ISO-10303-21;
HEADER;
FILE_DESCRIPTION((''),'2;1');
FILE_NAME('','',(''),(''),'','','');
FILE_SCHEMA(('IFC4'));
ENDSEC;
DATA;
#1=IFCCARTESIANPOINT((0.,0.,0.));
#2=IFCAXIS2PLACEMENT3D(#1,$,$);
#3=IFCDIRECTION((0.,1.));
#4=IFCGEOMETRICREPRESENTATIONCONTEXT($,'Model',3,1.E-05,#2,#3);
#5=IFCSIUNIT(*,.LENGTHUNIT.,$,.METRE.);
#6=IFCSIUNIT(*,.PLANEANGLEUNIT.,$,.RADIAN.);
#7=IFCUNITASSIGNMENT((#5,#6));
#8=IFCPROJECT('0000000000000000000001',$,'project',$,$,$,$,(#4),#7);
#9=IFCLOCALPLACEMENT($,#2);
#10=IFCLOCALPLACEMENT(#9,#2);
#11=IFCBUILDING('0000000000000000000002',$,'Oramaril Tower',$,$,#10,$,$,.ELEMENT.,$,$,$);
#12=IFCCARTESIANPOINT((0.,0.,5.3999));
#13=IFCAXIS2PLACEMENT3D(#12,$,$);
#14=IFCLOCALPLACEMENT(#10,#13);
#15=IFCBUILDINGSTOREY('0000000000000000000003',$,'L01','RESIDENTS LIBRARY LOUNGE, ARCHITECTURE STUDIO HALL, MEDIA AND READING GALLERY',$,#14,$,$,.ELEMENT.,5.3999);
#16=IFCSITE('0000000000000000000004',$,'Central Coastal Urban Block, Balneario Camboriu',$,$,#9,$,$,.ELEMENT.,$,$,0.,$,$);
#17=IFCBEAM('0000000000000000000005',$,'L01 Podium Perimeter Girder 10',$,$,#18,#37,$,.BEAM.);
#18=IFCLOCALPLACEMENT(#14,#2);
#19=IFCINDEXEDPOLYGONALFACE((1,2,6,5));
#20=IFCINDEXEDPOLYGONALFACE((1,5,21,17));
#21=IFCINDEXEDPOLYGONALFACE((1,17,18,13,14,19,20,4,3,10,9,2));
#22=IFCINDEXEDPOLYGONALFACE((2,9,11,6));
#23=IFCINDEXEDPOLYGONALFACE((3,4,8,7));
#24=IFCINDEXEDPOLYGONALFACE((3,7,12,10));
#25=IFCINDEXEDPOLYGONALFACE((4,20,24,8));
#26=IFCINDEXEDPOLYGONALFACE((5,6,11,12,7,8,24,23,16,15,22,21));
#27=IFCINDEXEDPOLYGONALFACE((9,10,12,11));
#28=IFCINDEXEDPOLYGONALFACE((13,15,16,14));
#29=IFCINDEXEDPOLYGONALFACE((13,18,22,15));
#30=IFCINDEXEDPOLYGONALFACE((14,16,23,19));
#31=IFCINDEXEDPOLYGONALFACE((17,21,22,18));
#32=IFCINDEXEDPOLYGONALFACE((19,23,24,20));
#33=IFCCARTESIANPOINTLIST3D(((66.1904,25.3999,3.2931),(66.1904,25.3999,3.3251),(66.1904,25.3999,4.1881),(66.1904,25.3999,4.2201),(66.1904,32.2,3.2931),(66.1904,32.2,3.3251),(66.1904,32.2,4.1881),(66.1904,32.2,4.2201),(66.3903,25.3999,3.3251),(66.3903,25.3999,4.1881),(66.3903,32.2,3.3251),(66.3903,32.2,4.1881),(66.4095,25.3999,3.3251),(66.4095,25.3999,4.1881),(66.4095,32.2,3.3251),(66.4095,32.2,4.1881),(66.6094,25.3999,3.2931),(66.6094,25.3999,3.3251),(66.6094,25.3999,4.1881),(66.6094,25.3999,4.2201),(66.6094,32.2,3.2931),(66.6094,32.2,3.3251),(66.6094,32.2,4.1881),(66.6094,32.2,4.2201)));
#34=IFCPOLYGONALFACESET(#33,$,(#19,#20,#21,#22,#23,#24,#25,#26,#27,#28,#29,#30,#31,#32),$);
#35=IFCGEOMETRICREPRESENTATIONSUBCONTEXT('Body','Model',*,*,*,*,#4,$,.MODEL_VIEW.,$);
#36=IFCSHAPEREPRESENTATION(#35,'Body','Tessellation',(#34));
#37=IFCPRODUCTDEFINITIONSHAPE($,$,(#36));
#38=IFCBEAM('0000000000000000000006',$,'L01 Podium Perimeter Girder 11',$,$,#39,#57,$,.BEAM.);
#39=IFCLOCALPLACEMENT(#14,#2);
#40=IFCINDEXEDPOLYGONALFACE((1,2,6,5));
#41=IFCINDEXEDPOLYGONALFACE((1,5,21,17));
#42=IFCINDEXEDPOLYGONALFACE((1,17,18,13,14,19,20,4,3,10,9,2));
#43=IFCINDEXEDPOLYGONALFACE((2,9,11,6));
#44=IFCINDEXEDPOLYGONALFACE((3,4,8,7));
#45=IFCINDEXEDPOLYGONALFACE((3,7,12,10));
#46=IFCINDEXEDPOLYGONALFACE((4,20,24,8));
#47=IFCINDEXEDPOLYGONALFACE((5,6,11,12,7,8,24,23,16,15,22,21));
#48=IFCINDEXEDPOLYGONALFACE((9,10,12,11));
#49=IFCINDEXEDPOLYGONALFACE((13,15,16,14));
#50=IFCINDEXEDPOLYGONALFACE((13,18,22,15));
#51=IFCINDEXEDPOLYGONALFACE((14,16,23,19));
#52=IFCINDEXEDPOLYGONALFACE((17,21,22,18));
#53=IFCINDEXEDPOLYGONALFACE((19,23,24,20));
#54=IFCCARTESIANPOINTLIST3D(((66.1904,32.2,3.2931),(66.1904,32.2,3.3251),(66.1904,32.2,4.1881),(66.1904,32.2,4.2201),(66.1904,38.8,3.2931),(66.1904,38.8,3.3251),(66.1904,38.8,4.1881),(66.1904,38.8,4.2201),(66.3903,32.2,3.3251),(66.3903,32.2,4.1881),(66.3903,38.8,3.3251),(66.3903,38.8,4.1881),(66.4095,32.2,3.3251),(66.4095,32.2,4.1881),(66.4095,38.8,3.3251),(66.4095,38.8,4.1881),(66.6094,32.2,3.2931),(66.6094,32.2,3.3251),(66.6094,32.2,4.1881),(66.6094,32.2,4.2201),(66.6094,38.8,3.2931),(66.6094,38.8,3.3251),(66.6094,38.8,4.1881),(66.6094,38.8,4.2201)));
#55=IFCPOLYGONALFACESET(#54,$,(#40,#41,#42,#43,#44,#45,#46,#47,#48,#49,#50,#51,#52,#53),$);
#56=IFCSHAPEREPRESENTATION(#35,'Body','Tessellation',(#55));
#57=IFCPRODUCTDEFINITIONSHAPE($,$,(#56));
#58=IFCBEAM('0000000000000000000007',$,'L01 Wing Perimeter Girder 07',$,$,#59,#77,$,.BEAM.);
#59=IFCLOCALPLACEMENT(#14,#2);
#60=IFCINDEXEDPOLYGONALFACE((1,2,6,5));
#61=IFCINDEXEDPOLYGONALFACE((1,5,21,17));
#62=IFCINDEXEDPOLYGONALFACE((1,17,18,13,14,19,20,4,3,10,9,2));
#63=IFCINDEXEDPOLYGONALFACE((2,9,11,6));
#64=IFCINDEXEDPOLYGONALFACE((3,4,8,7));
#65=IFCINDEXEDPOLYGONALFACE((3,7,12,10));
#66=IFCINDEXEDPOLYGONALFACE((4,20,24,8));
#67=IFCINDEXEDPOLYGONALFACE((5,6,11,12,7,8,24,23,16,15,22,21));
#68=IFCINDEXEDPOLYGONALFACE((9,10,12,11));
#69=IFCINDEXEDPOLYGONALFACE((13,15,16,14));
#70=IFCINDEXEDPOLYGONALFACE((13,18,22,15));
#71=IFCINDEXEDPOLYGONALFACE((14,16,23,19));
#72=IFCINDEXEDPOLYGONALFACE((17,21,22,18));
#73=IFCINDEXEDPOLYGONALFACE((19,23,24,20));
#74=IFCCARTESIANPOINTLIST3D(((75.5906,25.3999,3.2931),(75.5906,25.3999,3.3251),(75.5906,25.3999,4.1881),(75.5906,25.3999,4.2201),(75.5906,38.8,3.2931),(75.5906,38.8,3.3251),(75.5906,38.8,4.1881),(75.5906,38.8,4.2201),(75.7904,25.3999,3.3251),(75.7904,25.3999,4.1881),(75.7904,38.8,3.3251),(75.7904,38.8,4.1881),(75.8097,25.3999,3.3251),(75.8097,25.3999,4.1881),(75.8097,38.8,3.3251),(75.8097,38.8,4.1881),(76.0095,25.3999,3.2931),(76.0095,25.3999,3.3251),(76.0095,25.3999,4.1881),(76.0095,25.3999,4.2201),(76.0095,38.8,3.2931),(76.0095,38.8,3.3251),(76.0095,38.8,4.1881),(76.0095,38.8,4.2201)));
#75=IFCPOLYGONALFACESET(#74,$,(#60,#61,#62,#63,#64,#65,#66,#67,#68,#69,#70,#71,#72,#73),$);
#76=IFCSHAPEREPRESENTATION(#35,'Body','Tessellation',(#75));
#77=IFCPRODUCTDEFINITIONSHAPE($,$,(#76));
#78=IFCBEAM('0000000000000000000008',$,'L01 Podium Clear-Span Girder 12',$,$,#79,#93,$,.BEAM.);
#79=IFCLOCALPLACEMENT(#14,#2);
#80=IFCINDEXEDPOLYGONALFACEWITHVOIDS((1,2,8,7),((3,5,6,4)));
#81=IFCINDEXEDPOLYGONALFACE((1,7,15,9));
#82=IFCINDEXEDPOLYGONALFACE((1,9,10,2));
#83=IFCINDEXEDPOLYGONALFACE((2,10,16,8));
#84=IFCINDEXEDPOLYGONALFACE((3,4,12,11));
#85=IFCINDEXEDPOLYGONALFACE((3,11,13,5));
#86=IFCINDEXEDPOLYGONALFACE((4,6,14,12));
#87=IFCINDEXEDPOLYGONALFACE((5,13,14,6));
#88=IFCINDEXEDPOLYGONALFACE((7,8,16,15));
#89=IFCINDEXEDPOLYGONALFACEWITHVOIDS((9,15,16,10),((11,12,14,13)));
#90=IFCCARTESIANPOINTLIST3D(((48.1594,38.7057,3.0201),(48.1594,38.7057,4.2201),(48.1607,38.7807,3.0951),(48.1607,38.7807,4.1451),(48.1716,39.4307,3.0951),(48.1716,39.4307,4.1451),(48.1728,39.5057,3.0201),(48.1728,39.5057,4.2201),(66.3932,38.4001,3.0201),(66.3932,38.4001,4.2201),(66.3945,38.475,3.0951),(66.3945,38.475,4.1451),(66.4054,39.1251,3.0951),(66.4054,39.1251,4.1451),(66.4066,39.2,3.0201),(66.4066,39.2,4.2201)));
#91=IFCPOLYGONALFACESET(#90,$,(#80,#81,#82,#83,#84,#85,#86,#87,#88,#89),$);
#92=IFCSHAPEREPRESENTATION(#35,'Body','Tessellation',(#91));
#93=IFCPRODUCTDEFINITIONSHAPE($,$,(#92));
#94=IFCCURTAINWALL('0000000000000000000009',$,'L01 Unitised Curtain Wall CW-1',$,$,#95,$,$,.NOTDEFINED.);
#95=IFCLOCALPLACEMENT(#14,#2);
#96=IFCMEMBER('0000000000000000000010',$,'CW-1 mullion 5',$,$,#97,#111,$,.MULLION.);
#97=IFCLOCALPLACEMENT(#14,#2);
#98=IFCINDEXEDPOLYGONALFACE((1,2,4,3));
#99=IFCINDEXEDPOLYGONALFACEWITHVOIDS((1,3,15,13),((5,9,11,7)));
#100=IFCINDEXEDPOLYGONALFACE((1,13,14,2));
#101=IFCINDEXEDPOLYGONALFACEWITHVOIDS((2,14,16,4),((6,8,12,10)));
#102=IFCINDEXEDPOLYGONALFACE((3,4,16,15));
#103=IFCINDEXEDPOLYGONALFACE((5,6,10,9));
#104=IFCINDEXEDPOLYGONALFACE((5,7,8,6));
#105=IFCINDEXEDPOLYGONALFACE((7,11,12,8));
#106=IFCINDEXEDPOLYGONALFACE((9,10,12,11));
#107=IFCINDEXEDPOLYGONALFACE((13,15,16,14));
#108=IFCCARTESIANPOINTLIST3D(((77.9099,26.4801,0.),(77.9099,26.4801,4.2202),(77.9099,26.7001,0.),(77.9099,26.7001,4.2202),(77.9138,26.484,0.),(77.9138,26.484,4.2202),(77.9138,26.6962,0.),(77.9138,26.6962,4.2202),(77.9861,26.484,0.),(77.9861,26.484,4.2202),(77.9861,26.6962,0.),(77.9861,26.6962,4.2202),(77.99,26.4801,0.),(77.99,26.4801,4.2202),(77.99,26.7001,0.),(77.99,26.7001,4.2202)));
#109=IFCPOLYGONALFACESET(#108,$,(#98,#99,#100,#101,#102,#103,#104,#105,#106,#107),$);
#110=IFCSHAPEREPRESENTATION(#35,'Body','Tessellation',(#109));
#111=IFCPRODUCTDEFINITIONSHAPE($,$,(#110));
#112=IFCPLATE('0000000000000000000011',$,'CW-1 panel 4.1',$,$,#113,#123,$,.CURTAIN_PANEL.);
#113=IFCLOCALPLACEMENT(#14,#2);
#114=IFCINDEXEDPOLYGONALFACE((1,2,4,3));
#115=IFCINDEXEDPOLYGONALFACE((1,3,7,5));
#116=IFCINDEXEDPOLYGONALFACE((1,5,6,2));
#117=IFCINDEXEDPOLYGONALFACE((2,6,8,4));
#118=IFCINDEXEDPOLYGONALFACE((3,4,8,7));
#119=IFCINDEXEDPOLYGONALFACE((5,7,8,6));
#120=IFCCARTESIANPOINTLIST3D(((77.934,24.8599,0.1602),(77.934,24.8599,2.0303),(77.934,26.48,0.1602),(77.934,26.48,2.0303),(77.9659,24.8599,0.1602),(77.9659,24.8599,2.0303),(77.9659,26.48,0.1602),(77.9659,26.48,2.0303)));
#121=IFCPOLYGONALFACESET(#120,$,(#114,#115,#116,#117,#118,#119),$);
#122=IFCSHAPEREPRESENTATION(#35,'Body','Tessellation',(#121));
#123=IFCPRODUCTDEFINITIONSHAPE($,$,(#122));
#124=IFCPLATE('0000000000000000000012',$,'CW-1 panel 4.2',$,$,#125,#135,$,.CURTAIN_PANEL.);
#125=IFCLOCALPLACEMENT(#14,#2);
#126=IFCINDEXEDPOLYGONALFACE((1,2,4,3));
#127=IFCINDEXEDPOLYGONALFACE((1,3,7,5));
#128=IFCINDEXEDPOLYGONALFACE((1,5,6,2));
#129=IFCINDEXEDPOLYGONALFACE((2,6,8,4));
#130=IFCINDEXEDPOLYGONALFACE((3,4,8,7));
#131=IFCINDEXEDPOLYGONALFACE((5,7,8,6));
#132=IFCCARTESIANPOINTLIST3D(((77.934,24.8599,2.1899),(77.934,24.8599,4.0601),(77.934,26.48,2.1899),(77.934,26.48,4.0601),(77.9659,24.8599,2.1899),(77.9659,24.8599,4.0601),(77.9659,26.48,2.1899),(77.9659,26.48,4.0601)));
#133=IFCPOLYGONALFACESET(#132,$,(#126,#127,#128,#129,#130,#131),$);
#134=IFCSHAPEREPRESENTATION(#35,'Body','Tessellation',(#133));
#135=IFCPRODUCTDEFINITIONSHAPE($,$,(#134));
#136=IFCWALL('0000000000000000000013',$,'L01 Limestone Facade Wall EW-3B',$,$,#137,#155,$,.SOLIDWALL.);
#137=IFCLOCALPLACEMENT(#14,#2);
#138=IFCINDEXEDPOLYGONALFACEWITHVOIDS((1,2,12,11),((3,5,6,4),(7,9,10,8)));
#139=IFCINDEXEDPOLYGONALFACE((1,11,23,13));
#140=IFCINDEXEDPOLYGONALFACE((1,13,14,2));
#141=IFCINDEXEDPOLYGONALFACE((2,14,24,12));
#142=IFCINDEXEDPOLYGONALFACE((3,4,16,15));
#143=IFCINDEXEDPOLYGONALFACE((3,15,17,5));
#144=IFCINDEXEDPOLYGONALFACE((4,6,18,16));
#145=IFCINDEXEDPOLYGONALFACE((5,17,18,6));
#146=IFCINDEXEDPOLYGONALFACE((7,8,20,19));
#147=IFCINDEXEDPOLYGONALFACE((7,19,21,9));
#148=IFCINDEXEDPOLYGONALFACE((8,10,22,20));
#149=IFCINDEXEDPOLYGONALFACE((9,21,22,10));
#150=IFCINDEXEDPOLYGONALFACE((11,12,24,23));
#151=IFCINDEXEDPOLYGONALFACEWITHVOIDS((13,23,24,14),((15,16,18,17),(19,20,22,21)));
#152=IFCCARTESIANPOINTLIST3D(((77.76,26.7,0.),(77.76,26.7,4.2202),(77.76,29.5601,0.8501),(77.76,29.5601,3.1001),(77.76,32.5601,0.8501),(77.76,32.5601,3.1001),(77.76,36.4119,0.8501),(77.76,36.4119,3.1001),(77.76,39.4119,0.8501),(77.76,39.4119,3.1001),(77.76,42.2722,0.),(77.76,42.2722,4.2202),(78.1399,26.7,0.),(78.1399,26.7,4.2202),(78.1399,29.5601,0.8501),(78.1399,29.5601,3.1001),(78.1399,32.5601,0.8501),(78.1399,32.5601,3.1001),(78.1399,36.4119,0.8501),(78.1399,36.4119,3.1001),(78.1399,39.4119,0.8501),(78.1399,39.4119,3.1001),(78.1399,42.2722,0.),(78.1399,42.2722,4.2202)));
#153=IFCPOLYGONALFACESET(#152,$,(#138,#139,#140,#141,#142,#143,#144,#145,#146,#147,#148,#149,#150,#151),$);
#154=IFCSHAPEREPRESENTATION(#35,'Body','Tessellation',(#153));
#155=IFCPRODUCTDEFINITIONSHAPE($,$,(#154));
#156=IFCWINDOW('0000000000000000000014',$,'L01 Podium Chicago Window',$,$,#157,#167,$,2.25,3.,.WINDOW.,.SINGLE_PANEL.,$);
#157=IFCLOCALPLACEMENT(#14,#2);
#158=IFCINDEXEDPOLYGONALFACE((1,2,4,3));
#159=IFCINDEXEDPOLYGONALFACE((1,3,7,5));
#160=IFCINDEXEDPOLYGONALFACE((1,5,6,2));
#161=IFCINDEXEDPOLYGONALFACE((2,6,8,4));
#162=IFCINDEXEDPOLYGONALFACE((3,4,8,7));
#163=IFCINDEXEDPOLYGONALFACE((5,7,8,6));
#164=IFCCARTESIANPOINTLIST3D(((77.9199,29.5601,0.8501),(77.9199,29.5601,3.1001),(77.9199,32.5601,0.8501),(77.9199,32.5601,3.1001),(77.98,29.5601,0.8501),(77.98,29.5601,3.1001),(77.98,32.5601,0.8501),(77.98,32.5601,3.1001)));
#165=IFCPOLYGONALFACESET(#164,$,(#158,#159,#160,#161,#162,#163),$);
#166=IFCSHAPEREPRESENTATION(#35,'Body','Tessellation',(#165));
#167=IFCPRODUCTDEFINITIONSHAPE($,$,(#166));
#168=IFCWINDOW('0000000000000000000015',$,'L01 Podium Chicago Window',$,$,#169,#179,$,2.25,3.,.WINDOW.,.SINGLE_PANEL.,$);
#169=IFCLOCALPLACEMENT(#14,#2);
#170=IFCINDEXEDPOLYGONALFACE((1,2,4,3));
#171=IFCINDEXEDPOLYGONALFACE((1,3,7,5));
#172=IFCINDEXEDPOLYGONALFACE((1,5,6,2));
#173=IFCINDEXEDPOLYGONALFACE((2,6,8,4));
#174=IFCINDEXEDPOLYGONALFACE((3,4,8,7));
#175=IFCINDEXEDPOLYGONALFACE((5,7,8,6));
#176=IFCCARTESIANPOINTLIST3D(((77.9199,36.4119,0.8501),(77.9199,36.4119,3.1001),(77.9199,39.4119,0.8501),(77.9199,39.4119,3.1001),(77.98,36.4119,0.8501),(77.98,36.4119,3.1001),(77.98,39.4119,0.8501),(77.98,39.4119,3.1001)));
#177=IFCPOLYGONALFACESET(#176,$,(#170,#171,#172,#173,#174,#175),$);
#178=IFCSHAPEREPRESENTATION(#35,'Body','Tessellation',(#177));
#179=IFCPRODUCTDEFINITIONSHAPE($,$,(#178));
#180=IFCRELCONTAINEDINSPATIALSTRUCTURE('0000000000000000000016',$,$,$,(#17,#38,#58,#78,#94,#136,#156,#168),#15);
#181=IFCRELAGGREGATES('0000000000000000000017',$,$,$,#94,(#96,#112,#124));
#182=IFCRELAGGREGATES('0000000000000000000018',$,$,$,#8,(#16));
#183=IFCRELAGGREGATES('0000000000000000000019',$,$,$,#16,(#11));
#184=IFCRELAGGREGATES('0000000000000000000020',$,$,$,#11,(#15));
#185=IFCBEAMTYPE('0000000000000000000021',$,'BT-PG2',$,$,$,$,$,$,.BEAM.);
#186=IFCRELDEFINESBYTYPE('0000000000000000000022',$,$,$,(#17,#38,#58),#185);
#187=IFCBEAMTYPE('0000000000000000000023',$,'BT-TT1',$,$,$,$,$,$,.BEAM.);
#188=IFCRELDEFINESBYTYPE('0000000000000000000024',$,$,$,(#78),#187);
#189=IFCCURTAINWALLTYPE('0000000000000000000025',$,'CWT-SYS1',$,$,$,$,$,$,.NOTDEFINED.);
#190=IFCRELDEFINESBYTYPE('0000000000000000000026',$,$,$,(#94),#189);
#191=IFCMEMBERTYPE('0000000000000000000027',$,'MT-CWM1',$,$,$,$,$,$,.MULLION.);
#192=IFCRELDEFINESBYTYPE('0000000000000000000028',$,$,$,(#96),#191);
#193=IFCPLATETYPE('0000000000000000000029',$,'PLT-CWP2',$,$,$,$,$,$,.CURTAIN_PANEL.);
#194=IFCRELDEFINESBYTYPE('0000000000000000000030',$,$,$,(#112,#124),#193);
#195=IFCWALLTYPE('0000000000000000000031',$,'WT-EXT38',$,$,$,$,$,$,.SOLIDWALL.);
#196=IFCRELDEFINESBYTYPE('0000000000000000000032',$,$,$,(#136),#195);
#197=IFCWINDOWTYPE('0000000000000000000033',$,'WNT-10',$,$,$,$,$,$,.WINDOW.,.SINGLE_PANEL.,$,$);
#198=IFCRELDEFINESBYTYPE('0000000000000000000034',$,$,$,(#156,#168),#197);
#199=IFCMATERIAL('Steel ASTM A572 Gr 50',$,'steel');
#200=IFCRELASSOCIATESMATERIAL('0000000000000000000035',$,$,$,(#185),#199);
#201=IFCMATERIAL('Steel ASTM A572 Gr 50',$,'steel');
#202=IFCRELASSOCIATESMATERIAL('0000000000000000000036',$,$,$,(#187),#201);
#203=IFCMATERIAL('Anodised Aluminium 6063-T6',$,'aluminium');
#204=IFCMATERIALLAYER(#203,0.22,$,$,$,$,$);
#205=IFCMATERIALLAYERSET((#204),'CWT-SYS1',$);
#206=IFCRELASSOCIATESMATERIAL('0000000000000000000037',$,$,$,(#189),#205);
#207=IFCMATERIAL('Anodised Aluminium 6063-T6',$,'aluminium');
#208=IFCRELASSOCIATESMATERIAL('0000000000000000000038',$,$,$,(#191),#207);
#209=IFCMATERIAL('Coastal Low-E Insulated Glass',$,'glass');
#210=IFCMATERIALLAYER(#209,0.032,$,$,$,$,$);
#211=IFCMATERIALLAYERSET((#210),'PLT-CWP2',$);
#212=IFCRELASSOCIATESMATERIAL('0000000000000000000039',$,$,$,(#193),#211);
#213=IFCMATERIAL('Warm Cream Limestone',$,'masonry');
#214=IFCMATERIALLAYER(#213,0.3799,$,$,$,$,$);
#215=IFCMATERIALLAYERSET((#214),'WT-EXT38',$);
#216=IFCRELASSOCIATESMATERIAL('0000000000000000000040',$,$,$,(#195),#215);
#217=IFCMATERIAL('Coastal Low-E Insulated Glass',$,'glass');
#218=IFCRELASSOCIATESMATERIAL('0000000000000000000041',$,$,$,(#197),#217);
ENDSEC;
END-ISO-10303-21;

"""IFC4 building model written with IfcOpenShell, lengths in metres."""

from ifc_helpers import new_model, si_unit, direction, frame, frame_2d, origin, origin_2d, place, context, subcontext, project, spatial, rectangle, hollow_rectangle, i_section, extrude, material, layer, layer_set, material_profile, profile_set, type_object, element, fill, aggregate, save


model = new_model("IFC4")

# Units and contexts
model_context = context("Model", 3, precision=1e-05, world=origin(), true_north=direction((0.0, 1.0)))
body_context = subcontext(model_context, "Body", "Model", "MODEL_VIEW")
ifc_project = project(units=[si_unit("LENGTHUNIT", "METRE"), si_unit("PLANEANGLEUNIT", "RADIAN")], contexts=[model_context])

# Site, building, storey
site_placement = place(None, origin())
site = spatial("IfcSite", under=ifc_project, at=site_placement, Name="Central Coastal Urban Block, Balneario Camboriu", CompositionType="ELEMENT", RefElevation=0.0)
building_placement = place(site_placement, origin())
building = spatial("IfcBuilding", under=site, at=building_placement, Name="Oramaril Tower", CompositionType="ELEMENT")
storey_placement = place(building_placement, frame((0.0, 0.0, 5.3999)))
storey = spatial("IfcBuildingStorey", under=building, at=storey_placement, Name="L01", Description="RESIDENTS LIBRARY LOUNGE, ARCHITECTURE STUDIO HALL, MEDIA AND READING GALLERY", CompositionType="ELEMENT", Elevation=5.3999)

# Beams
ifc_material_1 = material(Name="Steel ASTM A572 Gr 50", Category="steel")
ifc_material_profile_1 = material_profile(ifc_material_1, i_section(OverallWidth=0.4189, OverallDepth=0.927, WebThickness=0.0193, FlangeThickness=0.032, at=origin_2d()), Name="W36X231")
ifc_profile_set_1 = profile_set([ifc_material_profile_1], Name="Steel ASTM A572 Gr 50")
beam_type_1 = type_object("IfcBeamType", Name="BT-PG2", PredefinedType="BEAM", material=ifc_profile_set_1)
beam_1_placement = place(storey_placement, frame((66.3999, 25.3999, 3.7566), z_axis=(0.0, 1.0, 0.0), x_axis=(-1.0, 0.0, 0.0)))
element("IfcBeam", 1, at=beam_1_placement, inside=storey, type_object=beam_type_1, Name="L01 Podium Perimeter Girder 10", PredefinedType="BEAM", context=body_context, shape_type="SweptSolid", body=[
    extrude(i_section(OverallWidth=0.4189, OverallDepth=0.927, WebThickness=0.0193, FlangeThickness=0.032, at=origin_2d()), origin(), (0.0, 0.0, 1.0), 6.8),
])
beam_2_placement = place(storey_placement, frame((66.3999, 32.2, 3.7566), z_axis=(0.0, 1.0, 0.0), x_axis=(-1.0, 0.0, 0.0)))
element("IfcBeam", 2, at=beam_2_placement, inside=storey, type_object=beam_type_1, Name="L01 Podium Perimeter Girder 11", PredefinedType="BEAM", context=body_context, shape_type="SweptSolid", body=[
    extrude(i_section(OverallWidth=0.4189, OverallDepth=0.927, WebThickness=0.0193, FlangeThickness=0.032, at=origin_2d()), origin(), (0.0, 0.0, 1.0), 6.6001),
])
beam_3_placement = place(storey_placement, frame((75.8, 25.3999, 3.7566), z_axis=(0.0, 1.0, 0.0), x_axis=(-1.0, 0.0, 0.0)))
element("IfcBeam", 3, at=beam_3_placement, inside=storey, type_object=beam_type_1, Name="L01 Wing Perimeter Girder 07", PredefinedType="BEAM", context=body_context, shape_type="SweptSolid", body=[
    extrude(i_section(OverallWidth=0.4189, OverallDepth=0.927, WebThickness=0.0193, FlangeThickness=0.032, at=origin_2d()), origin(), (0.0, 0.0, 1.0), 13.4001),
])
ifc_material_2 = material(Name="Steel ASTM A572 Gr 50", Category="steel")
ifc_material_profile_2 = material_profile(ifc_material_2, hollow_rectangle(XDim=0.8, YDim=1.2, WallThickness=0.075, at=origin_2d()), Name="BOX1200X800X75")
ifc_profile_set_2 = profile_set([ifc_material_profile_2], Name="Steel ASTM A572 Gr 50")
beam_type_2 = type_object("IfcBeamType", Name="BT-TT1", PredefinedType="BEAM", material=ifc_profile_set_2)
beam_4_placement = place(storey_placement, frame((66.3999, 38.8, 3.6201), z_axis=(-0.99986, 0.016761, 0.0), x_axis=(-0.016761, -0.99986, 0.0)))
element("IfcBeam", 4, at=beam_4_placement, inside=storey, type_object=beam_type_2, Name="L01 Podium Clear-Span Girder 12", PredefinedType="BEAM", context=body_context, shape_type="SweptSolid", body=[
    extrude(hollow_rectangle(XDim=0.8, YDim=1.2, WallThickness=0.075, at=origin_2d()), origin(), (0.0, 0.0, 1.0), 18.2363),
])

# Curtain wall, member, plates
ifc_material_3 = material(Name="Anodised Aluminium 6063-T6", Category="aluminium")
ifc_layer_1 = layer(ifc_material_3, 0.22)
ifc_layer_set_1 = layer_set([ifc_layer_1], Name="CWT-SYS1")
curtain_wall_type = type_object("IfcCurtainWallType", Name="CWT-SYS1", PredefinedType="NOTDEFINED", material=ifc_layer_set_1)
curtain_wall_placement = place(storey_placement, origin())
curtain_wall = element("IfcCurtainWall", 5, at=curtain_wall_placement, inside=storey, type_object=curtain_wall_type, Name="L01 Unitised Curtain Wall CW-1", PredefinedType="NOTDEFINED")
ifc_material_4 = material(Name="Anodised Aluminium 6063-T6", Category="aluminium")
ifc_material_profile_3 = material_profile(ifc_material_4, hollow_rectangle(XDim=0.0801, YDim=0.22, WallThickness=0.0039, at=origin_2d()), Name="CWM220X80")
ifc_profile_set_3 = profile_set([ifc_material_profile_3], Name="Anodised Aluminium 6063-T6")
member_type = type_object("IfcMemberType", Name="MT-CWM1", PredefinedType="MULLION", material=ifc_profile_set_3)
member_placement = place(storey_placement, frame((77.95, 26.5901, 0.0), z_axis=(0.0, 0.0, 1.0), x_axis=(-1.0, 0.0, 0.0)))
member = element("IfcMember", 6, at=member_placement, type_object=member_type, Name="CW-1 mullion 5", PredefinedType="MULLION", context=body_context, shape_type="SweptSolid", body=[
    extrude(hollow_rectangle(XDim=0.0801, YDim=0.22, WallThickness=0.0039, at=origin_2d()), origin(), (0.0, 0.0, 1.0), 4.2202),
])
ifc_material_5 = material(Name="Coastal Low-E Insulated Glass", Category="glass")
ifc_layer_2 = layer(ifc_material_5, 0.032)
ifc_layer_set_2 = layer_set([ifc_layer_2], Name="PLT-CWP2")
plate_type = type_object("IfcPlateType", Name="PLT-CWP2", PredefinedType="CURTAIN_PANEL", material=ifc_layer_set_2)
plate_1_placement = place(storey_placement, frame((77.95, 25.6699, 0.1602), z_axis=(0.0, 0.0, 1.0), x_axis=(0.0, 1.0, 0.0)))
plate_1 = element("IfcPlate", 7, at=plate_1_placement, type_object=plate_type, Name="CW-1 panel 4.1", PredefinedType="CURTAIN_PANEL", context=body_context, shape_type="SweptSolid", body=[
    extrude(rectangle(XDim=1.6201, YDim=0.032, at=origin_2d()), origin(), (0.0, 0.0, 1.0), 1.8701),
])
plate_2_placement = place(storey_placement, frame((77.95, 25.6699, 2.1899), z_axis=(0.0, 0.0, 1.0), x_axis=(0.0, 1.0, 0.0)))
plate_2 = element("IfcPlate", 8, at=plate_2_placement, type_object=plate_type, Name="CW-1 panel 4.2", PredefinedType="CURTAIN_PANEL", context=body_context, shape_type="SweptSolid", body=[
    extrude(rectangle(XDim=1.6201, YDim=0.032, at=origin_2d()), origin(), (0.0, 0.0, 1.0), 1.8701),
])
aggregate(curtain_wall, [member, plate_1, plate_2])

# Wall, openings, windows
ifc_material_6 = material(Name="Warm Cream Limestone", Category="masonry")
ifc_layer_3 = layer(ifc_material_6, 0.3799)
ifc_layer_set_3 = layer_set([ifc_layer_3], Name="WT-EXT38")
wall_type = type_object("IfcWallType", Name="WT-EXT38", PredefinedType="SOLIDWALL", material=ifc_layer_set_3)
wall_1_placement = place(storey_placement, frame((77.95, 26.7, 0.0), z_axis=(0.0, 0.0, 1.0), x_axis=(0.0, 1.0, 0.0)))
wall_1 = element("IfcWall", 9, at=wall_1_placement, inside=storey, type_object=wall_type, Name="L01 Limestone Facade Wall EW-3B", PredefinedType="SOLIDWALL", context=body_context, shape_type="SweptSolid", body=[
    extrude(rectangle(XDim=15.5723, YDim=0.3799, at=frame_2d((7.7861, 0.0))), origin(), (0.0, 0.0, 1.0), 4.2202),
])
opening_1_placement = place(wall_1_placement, frame((2.8601, 0.0, 0.8501)))
opening_1 = element("IfcOpeningElement", 10, at=opening_1_placement, cuts=wall_1, PredefinedType="OPENING", context=body_context, shape_type="SweptSolid", body=[
    extrude(rectangle(XDim=3.0, YDim=2.25, at=frame_2d((1.5, 1.125))), frame((0.0, 0.1899, 0.0), z_axis=(0.0, -1.0, 0.0), x_axis=(1.0, 0.0, 0.0)), (0.0, 0.0, 1.0), 0.3799),
])
opening_2_placement = place(wall_1_placement, frame((9.7119, 0.0, 0.8501)))
opening_2 = element("IfcOpeningElement", 11, at=opening_2_placement, cuts=wall_1, PredefinedType="OPENING", context=body_context, shape_type="SweptSolid", body=[
    extrude(rectangle(XDim=3.0, YDim=2.25, at=frame_2d((1.5, 1.125))), frame((0.0, 0.1899, 0.0), z_axis=(0.0, -1.0, 0.0), x_axis=(1.0, 0.0, 0.0)), (0.0, 0.0, 1.0), 0.3799),
])
ifc_material_7 = material(Name="Coastal Low-E Insulated Glass", Category="glass")
window_type = type_object("IfcWindowType", Name="WNT-10", PartitioningType="SINGLE_PANEL", PredefinedType="WINDOW", material=ifc_material_7)
window_1_placement = place(opening_1_placement, origin())
window_1 = element("IfcWindow", 12, at=window_1_placement, inside=storey, type_object=window_type, Name="L01 Podium Chicago Window", OverallHeight=2.25, OverallWidth=3.0, PartitioningType="SINGLE_PANEL", PredefinedType="WINDOW", context=body_context, shape_type="SweptSolid", body=[
    extrude(rectangle(XDim=3.0, YDim=2.25, at=frame_2d((1.5, 1.125))), frame((0.0, 0.03, 0.0), z_axis=(0.0, -1.0, 0.0), x_axis=(1.0, 0.0, 0.0)), (0.0, 0.0, 1.0), 0.0601),
])
fill(opening_1, window_1)
window_2_placement = place(opening_2_placement, origin())
window_2 = element("IfcWindow", 13, at=window_2_placement, inside=storey, type_object=window_type, Name="L01 Podium Chicago Window", OverallHeight=2.25, OverallWidth=3.0, PartitioningType="SINGLE_PANEL", PredefinedType="WINDOW", context=body_context, shape_type="SweptSolid", body=[
    extrude(rectangle(XDim=3.0, YDim=2.25, at=frame_2d((1.5, 1.125))), frame((0.0, 0.03, 0.0), z_axis=(0.0, -1.0, 0.0), x_axis=(1.0, 0.0, 0.0)), (0.0, 0.0, 1.0), 0.0601),
])
fill(opening_2, window_2)

save(model, "model.ifc")
